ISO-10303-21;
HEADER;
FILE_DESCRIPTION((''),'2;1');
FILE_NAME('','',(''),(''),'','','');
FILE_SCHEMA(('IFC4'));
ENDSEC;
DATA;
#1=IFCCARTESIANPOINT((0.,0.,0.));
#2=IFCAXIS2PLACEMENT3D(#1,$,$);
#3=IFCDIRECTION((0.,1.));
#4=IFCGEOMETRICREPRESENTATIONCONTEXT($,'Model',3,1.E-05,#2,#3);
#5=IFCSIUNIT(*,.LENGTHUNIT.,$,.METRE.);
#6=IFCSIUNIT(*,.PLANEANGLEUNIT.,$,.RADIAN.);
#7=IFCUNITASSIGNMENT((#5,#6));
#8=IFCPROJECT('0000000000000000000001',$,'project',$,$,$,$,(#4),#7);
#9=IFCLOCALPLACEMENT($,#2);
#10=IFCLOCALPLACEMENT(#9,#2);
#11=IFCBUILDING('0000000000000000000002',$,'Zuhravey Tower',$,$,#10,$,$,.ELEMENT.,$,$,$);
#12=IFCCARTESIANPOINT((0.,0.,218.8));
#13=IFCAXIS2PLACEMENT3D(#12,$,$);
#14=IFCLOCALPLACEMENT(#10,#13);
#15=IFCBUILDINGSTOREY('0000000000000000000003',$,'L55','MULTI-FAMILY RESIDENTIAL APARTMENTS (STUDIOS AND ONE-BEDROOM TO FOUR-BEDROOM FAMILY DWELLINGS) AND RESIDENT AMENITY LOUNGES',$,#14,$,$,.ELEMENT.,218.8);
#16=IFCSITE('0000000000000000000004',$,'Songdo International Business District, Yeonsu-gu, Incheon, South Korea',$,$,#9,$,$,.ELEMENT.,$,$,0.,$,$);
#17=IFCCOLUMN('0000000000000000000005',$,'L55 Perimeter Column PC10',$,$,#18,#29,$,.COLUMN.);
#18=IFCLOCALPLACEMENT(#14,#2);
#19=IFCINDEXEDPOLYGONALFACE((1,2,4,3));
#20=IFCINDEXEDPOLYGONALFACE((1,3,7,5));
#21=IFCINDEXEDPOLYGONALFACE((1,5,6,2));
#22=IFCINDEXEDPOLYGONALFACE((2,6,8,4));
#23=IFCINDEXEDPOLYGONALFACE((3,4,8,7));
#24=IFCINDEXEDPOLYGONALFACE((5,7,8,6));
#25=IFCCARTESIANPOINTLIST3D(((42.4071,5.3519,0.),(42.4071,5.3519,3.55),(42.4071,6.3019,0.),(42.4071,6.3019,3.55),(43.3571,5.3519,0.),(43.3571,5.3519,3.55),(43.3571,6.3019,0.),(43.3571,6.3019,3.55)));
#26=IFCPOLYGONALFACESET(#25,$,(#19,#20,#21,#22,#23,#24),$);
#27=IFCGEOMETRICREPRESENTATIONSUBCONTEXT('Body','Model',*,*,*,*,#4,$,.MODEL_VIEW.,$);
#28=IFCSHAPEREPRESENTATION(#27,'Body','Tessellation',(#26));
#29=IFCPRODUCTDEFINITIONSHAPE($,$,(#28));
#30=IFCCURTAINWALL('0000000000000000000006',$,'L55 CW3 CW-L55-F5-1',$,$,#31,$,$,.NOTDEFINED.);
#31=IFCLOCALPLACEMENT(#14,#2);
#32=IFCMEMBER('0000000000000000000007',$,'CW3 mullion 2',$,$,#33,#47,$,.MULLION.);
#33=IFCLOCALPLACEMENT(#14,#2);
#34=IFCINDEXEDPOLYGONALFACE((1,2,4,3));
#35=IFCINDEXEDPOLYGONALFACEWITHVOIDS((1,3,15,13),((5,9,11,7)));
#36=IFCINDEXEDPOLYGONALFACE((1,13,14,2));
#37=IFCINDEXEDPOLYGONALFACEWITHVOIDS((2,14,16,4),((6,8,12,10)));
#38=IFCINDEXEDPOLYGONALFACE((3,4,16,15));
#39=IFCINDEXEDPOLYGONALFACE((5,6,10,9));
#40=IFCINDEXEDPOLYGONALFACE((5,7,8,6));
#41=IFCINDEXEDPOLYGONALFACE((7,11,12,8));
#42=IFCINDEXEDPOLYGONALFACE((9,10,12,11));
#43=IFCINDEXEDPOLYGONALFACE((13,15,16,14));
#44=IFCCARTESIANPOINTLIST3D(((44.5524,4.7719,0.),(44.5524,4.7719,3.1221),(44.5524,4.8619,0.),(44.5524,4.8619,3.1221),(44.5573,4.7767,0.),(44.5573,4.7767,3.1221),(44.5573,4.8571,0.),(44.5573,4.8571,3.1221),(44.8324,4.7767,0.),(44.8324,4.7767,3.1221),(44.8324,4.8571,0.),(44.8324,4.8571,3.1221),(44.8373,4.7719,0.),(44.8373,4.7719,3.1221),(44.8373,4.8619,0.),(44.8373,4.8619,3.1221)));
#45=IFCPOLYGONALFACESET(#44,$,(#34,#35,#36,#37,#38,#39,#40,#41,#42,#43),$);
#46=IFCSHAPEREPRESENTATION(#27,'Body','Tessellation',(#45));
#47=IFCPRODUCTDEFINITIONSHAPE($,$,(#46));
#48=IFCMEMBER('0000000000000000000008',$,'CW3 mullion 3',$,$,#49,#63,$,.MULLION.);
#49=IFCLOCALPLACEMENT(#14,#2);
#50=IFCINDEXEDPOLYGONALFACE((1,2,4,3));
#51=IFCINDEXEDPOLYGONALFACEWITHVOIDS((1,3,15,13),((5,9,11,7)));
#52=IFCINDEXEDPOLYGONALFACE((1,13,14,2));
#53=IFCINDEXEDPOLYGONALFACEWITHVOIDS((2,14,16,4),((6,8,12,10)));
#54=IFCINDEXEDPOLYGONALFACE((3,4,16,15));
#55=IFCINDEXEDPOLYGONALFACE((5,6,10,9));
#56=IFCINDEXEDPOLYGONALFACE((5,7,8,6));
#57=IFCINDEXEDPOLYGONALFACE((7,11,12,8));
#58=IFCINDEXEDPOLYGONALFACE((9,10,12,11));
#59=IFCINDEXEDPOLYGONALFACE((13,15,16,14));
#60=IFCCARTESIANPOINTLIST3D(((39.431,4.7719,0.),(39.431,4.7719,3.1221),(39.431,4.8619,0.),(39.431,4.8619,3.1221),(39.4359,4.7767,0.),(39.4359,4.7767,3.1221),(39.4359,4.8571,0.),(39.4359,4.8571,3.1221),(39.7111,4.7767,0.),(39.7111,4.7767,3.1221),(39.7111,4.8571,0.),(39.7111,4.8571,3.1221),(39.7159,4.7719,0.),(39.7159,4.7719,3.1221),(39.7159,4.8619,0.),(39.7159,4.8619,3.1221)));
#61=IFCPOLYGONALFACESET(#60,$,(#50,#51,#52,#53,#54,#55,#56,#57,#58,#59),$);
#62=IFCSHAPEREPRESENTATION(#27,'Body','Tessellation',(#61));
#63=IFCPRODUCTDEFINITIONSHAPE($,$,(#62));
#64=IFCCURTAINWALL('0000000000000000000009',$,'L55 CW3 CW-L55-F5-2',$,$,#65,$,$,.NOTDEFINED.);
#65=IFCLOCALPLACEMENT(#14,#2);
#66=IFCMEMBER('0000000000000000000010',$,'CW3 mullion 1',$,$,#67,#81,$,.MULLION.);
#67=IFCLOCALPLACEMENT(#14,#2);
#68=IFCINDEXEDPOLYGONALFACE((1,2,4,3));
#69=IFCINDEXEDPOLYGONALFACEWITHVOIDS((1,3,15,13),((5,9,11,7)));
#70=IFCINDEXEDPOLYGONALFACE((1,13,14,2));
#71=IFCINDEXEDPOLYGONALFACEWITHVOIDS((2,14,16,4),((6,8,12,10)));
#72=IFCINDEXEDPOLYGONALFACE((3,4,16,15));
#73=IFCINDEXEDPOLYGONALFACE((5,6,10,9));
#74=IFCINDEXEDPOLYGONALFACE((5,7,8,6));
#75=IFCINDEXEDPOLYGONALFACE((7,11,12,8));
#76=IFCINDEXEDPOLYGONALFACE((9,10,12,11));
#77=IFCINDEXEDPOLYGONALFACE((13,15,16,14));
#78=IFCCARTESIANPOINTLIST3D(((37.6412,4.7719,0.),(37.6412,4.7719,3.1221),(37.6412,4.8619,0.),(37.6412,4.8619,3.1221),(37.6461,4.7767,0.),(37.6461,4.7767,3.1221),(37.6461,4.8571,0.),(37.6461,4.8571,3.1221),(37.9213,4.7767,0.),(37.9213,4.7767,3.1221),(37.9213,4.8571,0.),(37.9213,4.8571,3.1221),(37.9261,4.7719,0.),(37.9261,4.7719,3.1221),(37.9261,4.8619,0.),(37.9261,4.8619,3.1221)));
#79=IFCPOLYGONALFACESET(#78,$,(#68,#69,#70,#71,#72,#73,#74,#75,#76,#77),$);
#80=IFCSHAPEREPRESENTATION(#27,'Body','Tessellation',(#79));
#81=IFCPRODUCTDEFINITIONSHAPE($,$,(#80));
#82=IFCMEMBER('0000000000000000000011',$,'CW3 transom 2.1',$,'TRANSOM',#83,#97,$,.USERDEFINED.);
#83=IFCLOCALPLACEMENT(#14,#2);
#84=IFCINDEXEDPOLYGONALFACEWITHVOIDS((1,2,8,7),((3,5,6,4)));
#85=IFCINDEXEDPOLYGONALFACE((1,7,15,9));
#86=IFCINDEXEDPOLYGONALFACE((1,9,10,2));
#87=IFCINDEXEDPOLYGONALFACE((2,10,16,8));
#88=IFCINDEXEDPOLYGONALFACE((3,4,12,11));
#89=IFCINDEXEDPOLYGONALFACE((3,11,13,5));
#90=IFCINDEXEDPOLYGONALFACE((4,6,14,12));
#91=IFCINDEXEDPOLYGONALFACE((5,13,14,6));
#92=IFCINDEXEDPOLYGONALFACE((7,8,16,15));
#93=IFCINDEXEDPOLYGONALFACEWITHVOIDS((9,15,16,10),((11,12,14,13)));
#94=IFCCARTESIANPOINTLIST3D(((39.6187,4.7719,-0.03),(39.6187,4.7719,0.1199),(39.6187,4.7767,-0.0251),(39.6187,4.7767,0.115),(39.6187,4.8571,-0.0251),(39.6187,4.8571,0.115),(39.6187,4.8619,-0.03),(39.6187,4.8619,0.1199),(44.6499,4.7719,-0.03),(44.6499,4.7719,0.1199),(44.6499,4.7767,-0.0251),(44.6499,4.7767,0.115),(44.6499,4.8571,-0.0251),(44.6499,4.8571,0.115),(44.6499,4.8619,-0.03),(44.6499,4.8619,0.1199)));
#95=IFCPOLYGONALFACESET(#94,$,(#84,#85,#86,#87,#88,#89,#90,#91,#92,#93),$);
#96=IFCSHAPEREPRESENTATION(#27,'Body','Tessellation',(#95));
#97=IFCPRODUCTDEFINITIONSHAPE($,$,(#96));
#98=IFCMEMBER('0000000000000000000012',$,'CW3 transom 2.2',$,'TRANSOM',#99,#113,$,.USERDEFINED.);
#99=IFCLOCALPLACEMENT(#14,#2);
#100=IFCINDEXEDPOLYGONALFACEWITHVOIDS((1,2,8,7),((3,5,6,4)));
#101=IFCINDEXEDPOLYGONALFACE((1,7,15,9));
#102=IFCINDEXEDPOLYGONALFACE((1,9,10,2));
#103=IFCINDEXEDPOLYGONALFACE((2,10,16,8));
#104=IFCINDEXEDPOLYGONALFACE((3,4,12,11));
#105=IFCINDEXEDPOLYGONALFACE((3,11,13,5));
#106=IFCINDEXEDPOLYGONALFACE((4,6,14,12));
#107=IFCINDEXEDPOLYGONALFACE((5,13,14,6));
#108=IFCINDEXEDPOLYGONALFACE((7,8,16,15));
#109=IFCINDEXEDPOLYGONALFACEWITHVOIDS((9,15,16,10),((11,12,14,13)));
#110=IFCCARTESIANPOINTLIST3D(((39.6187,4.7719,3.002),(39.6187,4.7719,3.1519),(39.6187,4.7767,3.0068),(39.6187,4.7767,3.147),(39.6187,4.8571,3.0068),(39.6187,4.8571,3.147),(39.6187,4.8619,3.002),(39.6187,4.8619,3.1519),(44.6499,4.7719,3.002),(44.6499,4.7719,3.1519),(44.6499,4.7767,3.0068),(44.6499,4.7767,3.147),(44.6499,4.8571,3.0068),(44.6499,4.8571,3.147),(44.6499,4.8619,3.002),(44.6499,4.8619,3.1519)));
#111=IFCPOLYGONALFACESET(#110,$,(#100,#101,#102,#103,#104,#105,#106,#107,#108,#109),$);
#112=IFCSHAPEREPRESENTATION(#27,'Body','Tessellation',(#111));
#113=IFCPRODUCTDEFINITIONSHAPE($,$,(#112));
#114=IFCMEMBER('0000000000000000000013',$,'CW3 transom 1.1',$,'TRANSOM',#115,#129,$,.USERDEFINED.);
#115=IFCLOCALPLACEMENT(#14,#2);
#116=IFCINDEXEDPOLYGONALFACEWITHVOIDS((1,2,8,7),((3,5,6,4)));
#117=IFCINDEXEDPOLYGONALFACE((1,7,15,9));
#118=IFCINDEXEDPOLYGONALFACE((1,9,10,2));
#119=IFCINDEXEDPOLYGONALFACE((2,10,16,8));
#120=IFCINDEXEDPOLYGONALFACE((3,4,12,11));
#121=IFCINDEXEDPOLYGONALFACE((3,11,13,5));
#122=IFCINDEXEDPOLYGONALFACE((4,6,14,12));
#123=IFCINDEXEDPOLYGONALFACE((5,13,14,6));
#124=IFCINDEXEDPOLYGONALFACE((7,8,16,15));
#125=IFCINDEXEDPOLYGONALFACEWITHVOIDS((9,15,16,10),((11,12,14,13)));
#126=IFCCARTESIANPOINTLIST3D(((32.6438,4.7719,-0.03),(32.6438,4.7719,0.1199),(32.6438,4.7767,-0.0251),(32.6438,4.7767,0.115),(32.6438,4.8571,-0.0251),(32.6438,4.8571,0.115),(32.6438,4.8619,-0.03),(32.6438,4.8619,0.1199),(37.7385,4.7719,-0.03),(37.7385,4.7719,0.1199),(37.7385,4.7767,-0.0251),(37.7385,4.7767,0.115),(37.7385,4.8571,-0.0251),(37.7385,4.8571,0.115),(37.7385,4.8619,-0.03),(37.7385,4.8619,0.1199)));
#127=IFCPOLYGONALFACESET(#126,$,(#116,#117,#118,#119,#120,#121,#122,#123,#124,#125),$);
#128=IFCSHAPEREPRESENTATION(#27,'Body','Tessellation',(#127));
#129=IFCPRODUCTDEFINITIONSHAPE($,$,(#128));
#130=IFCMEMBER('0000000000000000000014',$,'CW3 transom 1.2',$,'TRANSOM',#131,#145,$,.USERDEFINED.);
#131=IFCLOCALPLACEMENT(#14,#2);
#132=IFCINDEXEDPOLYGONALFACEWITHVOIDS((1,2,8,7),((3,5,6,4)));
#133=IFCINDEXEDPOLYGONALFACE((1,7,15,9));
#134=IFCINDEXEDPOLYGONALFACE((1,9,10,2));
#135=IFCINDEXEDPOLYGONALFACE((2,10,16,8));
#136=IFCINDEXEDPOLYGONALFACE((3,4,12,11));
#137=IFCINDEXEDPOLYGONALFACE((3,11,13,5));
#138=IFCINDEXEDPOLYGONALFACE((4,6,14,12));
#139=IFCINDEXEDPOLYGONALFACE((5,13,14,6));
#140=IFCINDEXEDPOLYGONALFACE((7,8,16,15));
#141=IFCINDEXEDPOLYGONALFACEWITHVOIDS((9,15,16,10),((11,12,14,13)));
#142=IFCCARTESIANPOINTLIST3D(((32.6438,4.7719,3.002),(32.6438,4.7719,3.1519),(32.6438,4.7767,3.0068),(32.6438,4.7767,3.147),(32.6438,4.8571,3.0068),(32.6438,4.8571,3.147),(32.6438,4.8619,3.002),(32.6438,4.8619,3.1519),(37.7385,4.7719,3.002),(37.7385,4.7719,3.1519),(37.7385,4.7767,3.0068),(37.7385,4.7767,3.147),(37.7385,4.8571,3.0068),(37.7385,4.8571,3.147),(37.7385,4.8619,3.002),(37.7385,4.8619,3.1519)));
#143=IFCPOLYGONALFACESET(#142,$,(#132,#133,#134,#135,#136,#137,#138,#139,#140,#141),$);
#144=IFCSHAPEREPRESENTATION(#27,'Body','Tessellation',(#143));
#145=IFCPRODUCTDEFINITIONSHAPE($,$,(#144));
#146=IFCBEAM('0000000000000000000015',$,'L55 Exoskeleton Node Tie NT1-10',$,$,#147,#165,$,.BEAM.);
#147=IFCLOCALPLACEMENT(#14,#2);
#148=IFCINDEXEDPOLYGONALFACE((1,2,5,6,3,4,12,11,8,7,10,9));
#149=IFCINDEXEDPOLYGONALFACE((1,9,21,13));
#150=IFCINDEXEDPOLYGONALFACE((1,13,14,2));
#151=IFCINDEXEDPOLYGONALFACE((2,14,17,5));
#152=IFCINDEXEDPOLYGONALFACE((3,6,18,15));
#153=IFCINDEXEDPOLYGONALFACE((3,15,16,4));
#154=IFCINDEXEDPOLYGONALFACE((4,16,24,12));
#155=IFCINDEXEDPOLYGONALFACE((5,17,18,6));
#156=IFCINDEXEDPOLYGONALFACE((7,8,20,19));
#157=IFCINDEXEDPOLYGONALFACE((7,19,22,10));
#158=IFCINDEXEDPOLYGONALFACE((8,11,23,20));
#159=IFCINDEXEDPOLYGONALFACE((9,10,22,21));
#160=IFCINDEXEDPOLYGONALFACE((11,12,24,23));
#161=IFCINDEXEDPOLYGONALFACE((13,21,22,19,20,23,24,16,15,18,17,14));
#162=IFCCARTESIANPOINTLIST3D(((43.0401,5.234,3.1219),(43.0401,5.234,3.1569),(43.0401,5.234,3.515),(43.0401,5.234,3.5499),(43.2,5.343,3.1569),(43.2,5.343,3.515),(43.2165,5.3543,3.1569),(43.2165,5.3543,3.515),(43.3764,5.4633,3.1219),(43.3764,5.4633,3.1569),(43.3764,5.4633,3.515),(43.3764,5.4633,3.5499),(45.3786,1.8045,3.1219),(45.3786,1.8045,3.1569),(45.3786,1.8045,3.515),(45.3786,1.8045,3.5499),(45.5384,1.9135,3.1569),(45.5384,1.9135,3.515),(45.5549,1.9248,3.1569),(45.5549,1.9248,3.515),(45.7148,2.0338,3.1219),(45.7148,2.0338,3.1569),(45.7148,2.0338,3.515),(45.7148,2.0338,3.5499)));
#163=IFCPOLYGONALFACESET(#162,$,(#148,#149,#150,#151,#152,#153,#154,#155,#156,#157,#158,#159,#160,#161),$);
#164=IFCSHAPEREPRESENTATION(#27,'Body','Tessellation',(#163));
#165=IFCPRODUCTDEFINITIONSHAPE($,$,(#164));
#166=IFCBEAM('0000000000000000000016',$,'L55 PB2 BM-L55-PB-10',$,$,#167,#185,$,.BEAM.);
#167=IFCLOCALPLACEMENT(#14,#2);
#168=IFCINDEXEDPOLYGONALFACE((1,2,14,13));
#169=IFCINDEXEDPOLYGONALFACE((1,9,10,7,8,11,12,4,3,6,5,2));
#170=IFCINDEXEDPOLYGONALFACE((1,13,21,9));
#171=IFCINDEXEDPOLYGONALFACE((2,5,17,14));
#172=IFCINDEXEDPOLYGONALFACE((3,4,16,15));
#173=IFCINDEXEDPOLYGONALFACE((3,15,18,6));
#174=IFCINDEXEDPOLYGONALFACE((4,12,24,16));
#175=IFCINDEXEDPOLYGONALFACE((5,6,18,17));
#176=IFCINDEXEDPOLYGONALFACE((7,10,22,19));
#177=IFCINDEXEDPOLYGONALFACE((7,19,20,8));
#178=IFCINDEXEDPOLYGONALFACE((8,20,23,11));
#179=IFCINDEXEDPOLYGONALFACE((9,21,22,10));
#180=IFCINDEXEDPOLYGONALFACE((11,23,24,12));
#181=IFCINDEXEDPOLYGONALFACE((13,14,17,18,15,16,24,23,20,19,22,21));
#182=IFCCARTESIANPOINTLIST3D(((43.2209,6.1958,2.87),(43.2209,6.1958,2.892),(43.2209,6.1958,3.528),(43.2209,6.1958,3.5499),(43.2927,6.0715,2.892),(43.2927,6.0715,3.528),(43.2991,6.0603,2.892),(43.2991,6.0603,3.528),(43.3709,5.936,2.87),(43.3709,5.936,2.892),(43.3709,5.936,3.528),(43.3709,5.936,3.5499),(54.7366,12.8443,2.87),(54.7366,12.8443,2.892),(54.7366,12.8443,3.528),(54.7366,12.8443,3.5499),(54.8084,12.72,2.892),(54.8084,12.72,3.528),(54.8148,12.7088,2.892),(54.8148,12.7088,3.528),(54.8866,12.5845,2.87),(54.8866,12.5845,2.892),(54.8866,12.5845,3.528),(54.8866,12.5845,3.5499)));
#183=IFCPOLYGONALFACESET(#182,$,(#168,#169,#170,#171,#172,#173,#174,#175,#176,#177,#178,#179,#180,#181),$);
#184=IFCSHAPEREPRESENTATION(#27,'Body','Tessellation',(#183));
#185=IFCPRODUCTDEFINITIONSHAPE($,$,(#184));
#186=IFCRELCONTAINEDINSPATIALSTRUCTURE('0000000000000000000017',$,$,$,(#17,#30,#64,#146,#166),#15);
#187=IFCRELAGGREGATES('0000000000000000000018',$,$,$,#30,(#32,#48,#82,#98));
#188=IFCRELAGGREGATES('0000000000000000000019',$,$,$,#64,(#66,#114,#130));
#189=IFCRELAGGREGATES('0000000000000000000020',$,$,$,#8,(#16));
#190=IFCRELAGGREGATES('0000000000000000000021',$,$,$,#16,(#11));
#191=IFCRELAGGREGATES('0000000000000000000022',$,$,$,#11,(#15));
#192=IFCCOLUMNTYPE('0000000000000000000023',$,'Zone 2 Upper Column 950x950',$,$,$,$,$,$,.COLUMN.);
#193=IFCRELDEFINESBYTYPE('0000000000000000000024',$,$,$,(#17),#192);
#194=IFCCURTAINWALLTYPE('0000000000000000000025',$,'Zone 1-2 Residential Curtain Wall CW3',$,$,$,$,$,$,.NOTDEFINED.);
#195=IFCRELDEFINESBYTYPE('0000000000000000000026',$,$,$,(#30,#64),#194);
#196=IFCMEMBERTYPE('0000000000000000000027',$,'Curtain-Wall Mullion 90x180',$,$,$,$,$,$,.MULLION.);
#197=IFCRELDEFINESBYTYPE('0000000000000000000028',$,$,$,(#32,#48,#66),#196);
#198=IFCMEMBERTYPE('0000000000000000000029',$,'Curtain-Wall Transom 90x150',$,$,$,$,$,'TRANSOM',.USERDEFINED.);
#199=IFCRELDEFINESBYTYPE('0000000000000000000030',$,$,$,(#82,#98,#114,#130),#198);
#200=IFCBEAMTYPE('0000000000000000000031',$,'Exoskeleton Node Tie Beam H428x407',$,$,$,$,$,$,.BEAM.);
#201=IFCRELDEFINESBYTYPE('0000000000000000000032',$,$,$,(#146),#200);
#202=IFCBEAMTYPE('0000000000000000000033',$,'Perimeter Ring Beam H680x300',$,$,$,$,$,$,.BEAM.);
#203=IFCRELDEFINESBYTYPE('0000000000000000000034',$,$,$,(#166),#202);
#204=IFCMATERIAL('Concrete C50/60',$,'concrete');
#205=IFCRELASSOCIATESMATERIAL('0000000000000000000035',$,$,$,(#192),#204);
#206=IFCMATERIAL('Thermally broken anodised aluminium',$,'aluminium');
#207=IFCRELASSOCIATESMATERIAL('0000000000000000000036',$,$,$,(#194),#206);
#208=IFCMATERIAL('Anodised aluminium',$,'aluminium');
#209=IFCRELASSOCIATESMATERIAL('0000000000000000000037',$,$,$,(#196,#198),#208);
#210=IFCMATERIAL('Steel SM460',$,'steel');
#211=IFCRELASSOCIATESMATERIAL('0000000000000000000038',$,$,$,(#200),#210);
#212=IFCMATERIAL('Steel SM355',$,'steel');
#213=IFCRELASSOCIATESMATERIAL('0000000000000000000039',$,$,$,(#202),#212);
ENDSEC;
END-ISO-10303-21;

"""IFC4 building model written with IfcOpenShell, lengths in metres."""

from ifc_helpers import new_model, si_unit, direction, frame, origin, origin_2d, place, context, subcontext, project, spatial, rectangle, hollow_rectangle, i_section, extrude, material, material_profile, profile_set, type_object, element, aggregate, save


model = new_model("IFC4")

# Units and contexts
model_context = context("Model", 3, precision=1e-05, world=origin(), true_north=direction((0.0, 1.0)))
body_context = subcontext(model_context, "Body", "Model", "MODEL_VIEW")
ifc_project = project(units=[si_unit("LENGTHUNIT", "METRE"), si_unit("PLANEANGLEUNIT", "RADIAN")], contexts=[model_context])

# Site, building, storey
site_placement = place(None, origin())
site = spatial("IfcSite", under=ifc_project, at=site_placement, Name="Songdo International Business District, Yeonsu-gu, Incheon, South Korea", CompositionType="ELEMENT", RefElevation=0.0)
building_placement = place(site_placement, origin())
building = spatial("IfcBuilding", under=site, at=building_placement, Name="Zuhravey Tower", CompositionType="ELEMENT")
storey_placement = place(building_placement, frame((0.0, 0.0, 218.8)))
storey = spatial("IfcBuildingStorey", under=building, at=storey_placement, Name="L55", Description="MULTI-FAMILY RESIDENTIAL APARTMENTS (STUDIOS AND ONE-BEDROOM TO FOUR-BEDROOM FAMILY DWELLINGS) AND RESIDENT AMENITY LOUNGES", CompositionType="ELEMENT", Elevation=218.8)

# Column
ifc_material_1 = material(Name="Concrete C50/60", Category="concrete")
ifc_material_profile_1 = material_profile(ifc_material_1, rectangle(XDim=0.95, YDim=0.95, at=origin_2d()), Name="RC-950x950")
ifc_profile_set_1 = profile_set([ifc_material_profile_1], Name="Concrete C50/60")
column_type = type_object("IfcColumnType", Name="Zone 2 Upper Column 950x950", PredefinedType="COLUMN", material=ifc_profile_set_1)
column_placement = place(storey_placement, frame((42.8821, 5.8269, 0.0), z_axis=(0.0, 0.0, 1.0), x_axis=(1.0, 0.0, 0.0)))
element("IfcColumn", 1, at=column_placement, inside=storey, type_object=column_type, Name="L55 Perimeter Column PC10", PredefinedType="COLUMN", context=body_context, shape_type="SweptSolid", body=[
    extrude(rectangle(XDim=0.95, YDim=0.95, at=origin_2d()), origin(), (0.0, 0.0, 1.0), 3.55),
])

# Curtain wall, members
ifc_material_2 = material(Name="Thermally broken anodised aluminium", Category="aluminium")
curtain_wall_type = type_object("IfcCurtainWallType", Name="Zone 1-2 Residential Curtain Wall CW3", PredefinedType="NOTDEFINED", material=ifc_material_2)
curtain_wall_1_placement = place(storey_placement, origin())
curtain_wall_1 = element("IfcCurtainWall", 2, at=curtain_wall_1_placement, inside=storey, type_object=curtain_wall_type, Name="L55 CW3 CW-L55-F5-1", PredefinedType="NOTDEFINED")
ifc_material_3 = material(Name="Anodised aluminium", Category="aluminium")
ifc_material_profile_2 = material_profile(ifc_material_3, hollow_rectangle(XDim=0.0901, YDim=0.2849, WallThickness=0.0049, at=origin_2d()), Name="ALU-RHS-90x285x5")
ifc_profile_set_2 = profile_set([ifc_material_profile_2], Name="Anodised aluminium")
member_type_1 = type_object("IfcMemberType", Name="Curtain-Wall Mullion 90x180", PredefinedType="MULLION", material=ifc_profile_set_2)
member_1_placement = place(storey_placement, frame((44.6948, 4.8169, 0.0), z_axis=(0.0, 0.0, 1.0), x_axis=(0.0, -1.0, 0.0)))
member_1 = element("IfcMember", 3, at=member_1_placement, type_object=member_type_1, Name="CW3 mullion 2", PredefinedType="MULLION", context=body_context, shape_type="SweptSolid", body=[
    extrude(hollow_rectangle(XDim=0.0901, YDim=0.2849, WallThickness=0.0049, at=origin_2d()), origin(), (0.0, 0.0, 1.0), 3.1221),
])
member_2_placement = place(storey_placement, frame((39.5735, 4.8169, 0.0), z_axis=(0.0, 0.0, 1.0), x_axis=(0.0, -1.0, 0.0)))
member_2 = element("IfcMember", 4, at=member_2_placement, type_object=member_type_1, Name="CW3 mullion 3", PredefinedType="MULLION", context=body_context, shape_type="SweptSolid", body=[
    extrude(hollow_rectangle(XDim=0.0901, YDim=0.2849, WallThickness=0.0049, at=origin_2d()), origin(), (0.0, 0.0, 1.0), 3.1221),
])

# Curtain wall, member
curtain_wall_2_placement = place(storey_placement, origin())
curtain_wall_2 = element("IfcCurtainWall", 5, at=curtain_wall_2_placement, inside=storey, type_object=curtain_wall_type, Name="L55 CW3 CW-L55-F5-2", PredefinedType="NOTDEFINED")
member_3_placement = place(storey_placement, frame((37.7837, 4.8169, 0.0), z_axis=(0.0, 0.0, 1.0), x_axis=(0.0, -1.0, 0.0)))
member_3 = element("IfcMember", 6, at=member_3_placement, type_object=member_type_1, Name="CW3 mullion 1", PredefinedType="MULLION", context=body_context, shape_type="SweptSolid", body=[
    extrude(hollow_rectangle(XDim=0.0901, YDim=0.2849, WallThickness=0.0049, at=origin_2d()), origin(), (0.0, 0.0, 1.0), 3.1221),
])

# Members
ifc_material_profile_3 = material_profile(ifc_material_3, hollow_rectangle(XDim=0.0901, YDim=0.1499, WallThickness=0.0049, at=origin_2d()), Name="ALU-RHS-90x150x5")
ifc_profile_set_3 = profile_set([ifc_material_profile_3], Name="Anodised aluminium")
member_type_2 = type_object("IfcMemberType", Name="Curtain-Wall Transom 90x150", ElementType="TRANSOM", PredefinedType="USERDEFINED", material=ifc_profile_set_3)
member_4_placement = place(storey_placement, frame((44.6499, 4.8169, 0.0449), z_axis=(-1.0, 0.0, 0.0), x_axis=(0.0, -1.0, 0.0)))
member_4 = element("IfcMember", 7, at=member_4_placement, type_object=member_type_2, Name="CW3 transom 2.1", ObjectType="TRANSOM", PredefinedType="USERDEFINED", context=body_context, shape_type="SweptSolid", body=[
    extrude(hollow_rectangle(XDim=0.0901, YDim=0.1499, WallThickness=0.0049, at=origin_2d()), origin(), (0.0, 0.0, 1.0), 5.0312),
])
member_5_placement = place(storey_placement, frame((44.6499, 4.8169, 3.0769), z_axis=(-1.0, 0.0, 0.0), x_axis=(0.0, -1.0, 0.0)))
member_5 = element("IfcMember", 8, at=member_5_placement, type_object=member_type_2, Name="CW3 transom 2.2", ObjectType="TRANSOM", PredefinedType="USERDEFINED", context=body_context, shape_type="SweptSolid", body=[
    extrude(hollow_rectangle(XDim=0.0901, YDim=0.1499, WallThickness=0.0049, at=origin_2d()), origin(), (0.0, 0.0, 1.0), 5.0312),
])
member_6_placement = place(storey_placement, frame((37.7385, 4.8169, 0.0449), z_axis=(-1.0, 0.0, 0.0), x_axis=(0.0, -1.0, 0.0)))
member_6 = element("IfcMember", 9, at=member_6_placement, type_object=member_type_2, Name="CW3 transom 1.1", ObjectType="TRANSOM", PredefinedType="USERDEFINED", context=body_context, shape_type="SweptSolid", body=[
    extrude(hollow_rectangle(XDim=0.0901, YDim=0.1499, WallThickness=0.0049, at=origin_2d()), origin(), (0.0, 0.0, 1.0), 5.0947),
])
member_7_placement = place(storey_placement, frame((37.7385, 4.8169, 3.0769), z_axis=(-1.0, 0.0, 0.0), x_axis=(0.0, -1.0, 0.0)))
member_7 = element("IfcMember", 10, at=member_7_placement, type_object=member_type_2, Name="CW3 transom 1.2", ObjectType="TRANSOM", PredefinedType="USERDEFINED", context=body_context, shape_type="SweptSolid", body=[
    extrude(hollow_rectangle(XDim=0.0901, YDim=0.1499, WallThickness=0.0049, at=origin_2d()), origin(), (0.0, 0.0, 1.0), 5.0947),
])

# Beams
ifc_material_4 = material(Name="Steel SM460", Category="steel")
ifc_material_profile_4 = material_profile(ifc_material_4, i_section(OverallWidth=0.407, OverallDepth=0.428, WebThickness=0.02, FlangeThickness=0.0349, at=origin_2d()), Name="H-428x407x20x35")
ifc_profile_set_4 = profile_set([ifc_material_profile_4], Name="Steel SM460")
beam_type_1 = type_object("IfcBeamType", Name="Exoskeleton Node Tie Beam H428x407", PredefinedType="BEAM", material=ifc_profile_set_4)
beam_1_placement = place(storey_placement, frame((43.2083, 5.3486, 3.3359), z_axis=(0.563357, -0.826214, 0.0), x_axis=(0.826214, 0.563357, 0.0)))
element("IfcBeam", 11, at=beam_1_placement, inside=storey, type_object=beam_type_1, Name="L55 Exoskeleton Node Tie NT1-10", PredefinedType="BEAM", context=body_context, shape_type="SweptSolid", body=[
    extrude(i_section(OverallWidth=0.407, OverallDepth=0.428, WebThickness=0.02, FlangeThickness=0.0349, at=origin_2d()), origin(), (0.0, 0.0, 1.0), 4.1509),
])
ifc_material_5 = material(Name="Steel SM355", Category="steel")
ifc_material_profile_5 = material_profile(ifc_material_5, i_section(OverallWidth=0.3, OverallDepth=0.6799, WebThickness=0.0129, FlangeThickness=0.022, at=origin_2d()), Name="H-680x300x13x22")
ifc_profile_set_5 = profile_set([ifc_material_profile_5], Name="Steel SM355")
beam_type_2 = type_object("IfcBeamType", Name="Perimeter Ring Beam H680x300", PredefinedType="BEAM", material=ifc_profile_set_5)
beam_2_placement = place(storey_placement, frame((43.2959, 6.0659, 3.21), z_axis=(0.866029, 0.499994, 0.0), x_axis=(-0.499994, 0.866029, 0.0)))
element("IfcBeam", 12, at=beam_2_placement, inside=storey, type_object=beam_type_2, Name="L55 PB2 BM-L55-PB-10", PredefinedType="BEAM", context=body_context, shape_type="SweptSolid", body=[
    extrude(i_section(OverallWidth=0.3, OverallDepth=0.6799, WebThickness=0.0129, FlangeThickness=0.022, at=origin_2d()), origin(), (0.0, 0.0, 1.0), 13.2971),
])

aggregate(curtain_wall_1, [member_1, member_2, member_4, member_5])
aggregate(curtain_wall_2, [member_3, member_6, member_7])

save(model, "model.ifc")
